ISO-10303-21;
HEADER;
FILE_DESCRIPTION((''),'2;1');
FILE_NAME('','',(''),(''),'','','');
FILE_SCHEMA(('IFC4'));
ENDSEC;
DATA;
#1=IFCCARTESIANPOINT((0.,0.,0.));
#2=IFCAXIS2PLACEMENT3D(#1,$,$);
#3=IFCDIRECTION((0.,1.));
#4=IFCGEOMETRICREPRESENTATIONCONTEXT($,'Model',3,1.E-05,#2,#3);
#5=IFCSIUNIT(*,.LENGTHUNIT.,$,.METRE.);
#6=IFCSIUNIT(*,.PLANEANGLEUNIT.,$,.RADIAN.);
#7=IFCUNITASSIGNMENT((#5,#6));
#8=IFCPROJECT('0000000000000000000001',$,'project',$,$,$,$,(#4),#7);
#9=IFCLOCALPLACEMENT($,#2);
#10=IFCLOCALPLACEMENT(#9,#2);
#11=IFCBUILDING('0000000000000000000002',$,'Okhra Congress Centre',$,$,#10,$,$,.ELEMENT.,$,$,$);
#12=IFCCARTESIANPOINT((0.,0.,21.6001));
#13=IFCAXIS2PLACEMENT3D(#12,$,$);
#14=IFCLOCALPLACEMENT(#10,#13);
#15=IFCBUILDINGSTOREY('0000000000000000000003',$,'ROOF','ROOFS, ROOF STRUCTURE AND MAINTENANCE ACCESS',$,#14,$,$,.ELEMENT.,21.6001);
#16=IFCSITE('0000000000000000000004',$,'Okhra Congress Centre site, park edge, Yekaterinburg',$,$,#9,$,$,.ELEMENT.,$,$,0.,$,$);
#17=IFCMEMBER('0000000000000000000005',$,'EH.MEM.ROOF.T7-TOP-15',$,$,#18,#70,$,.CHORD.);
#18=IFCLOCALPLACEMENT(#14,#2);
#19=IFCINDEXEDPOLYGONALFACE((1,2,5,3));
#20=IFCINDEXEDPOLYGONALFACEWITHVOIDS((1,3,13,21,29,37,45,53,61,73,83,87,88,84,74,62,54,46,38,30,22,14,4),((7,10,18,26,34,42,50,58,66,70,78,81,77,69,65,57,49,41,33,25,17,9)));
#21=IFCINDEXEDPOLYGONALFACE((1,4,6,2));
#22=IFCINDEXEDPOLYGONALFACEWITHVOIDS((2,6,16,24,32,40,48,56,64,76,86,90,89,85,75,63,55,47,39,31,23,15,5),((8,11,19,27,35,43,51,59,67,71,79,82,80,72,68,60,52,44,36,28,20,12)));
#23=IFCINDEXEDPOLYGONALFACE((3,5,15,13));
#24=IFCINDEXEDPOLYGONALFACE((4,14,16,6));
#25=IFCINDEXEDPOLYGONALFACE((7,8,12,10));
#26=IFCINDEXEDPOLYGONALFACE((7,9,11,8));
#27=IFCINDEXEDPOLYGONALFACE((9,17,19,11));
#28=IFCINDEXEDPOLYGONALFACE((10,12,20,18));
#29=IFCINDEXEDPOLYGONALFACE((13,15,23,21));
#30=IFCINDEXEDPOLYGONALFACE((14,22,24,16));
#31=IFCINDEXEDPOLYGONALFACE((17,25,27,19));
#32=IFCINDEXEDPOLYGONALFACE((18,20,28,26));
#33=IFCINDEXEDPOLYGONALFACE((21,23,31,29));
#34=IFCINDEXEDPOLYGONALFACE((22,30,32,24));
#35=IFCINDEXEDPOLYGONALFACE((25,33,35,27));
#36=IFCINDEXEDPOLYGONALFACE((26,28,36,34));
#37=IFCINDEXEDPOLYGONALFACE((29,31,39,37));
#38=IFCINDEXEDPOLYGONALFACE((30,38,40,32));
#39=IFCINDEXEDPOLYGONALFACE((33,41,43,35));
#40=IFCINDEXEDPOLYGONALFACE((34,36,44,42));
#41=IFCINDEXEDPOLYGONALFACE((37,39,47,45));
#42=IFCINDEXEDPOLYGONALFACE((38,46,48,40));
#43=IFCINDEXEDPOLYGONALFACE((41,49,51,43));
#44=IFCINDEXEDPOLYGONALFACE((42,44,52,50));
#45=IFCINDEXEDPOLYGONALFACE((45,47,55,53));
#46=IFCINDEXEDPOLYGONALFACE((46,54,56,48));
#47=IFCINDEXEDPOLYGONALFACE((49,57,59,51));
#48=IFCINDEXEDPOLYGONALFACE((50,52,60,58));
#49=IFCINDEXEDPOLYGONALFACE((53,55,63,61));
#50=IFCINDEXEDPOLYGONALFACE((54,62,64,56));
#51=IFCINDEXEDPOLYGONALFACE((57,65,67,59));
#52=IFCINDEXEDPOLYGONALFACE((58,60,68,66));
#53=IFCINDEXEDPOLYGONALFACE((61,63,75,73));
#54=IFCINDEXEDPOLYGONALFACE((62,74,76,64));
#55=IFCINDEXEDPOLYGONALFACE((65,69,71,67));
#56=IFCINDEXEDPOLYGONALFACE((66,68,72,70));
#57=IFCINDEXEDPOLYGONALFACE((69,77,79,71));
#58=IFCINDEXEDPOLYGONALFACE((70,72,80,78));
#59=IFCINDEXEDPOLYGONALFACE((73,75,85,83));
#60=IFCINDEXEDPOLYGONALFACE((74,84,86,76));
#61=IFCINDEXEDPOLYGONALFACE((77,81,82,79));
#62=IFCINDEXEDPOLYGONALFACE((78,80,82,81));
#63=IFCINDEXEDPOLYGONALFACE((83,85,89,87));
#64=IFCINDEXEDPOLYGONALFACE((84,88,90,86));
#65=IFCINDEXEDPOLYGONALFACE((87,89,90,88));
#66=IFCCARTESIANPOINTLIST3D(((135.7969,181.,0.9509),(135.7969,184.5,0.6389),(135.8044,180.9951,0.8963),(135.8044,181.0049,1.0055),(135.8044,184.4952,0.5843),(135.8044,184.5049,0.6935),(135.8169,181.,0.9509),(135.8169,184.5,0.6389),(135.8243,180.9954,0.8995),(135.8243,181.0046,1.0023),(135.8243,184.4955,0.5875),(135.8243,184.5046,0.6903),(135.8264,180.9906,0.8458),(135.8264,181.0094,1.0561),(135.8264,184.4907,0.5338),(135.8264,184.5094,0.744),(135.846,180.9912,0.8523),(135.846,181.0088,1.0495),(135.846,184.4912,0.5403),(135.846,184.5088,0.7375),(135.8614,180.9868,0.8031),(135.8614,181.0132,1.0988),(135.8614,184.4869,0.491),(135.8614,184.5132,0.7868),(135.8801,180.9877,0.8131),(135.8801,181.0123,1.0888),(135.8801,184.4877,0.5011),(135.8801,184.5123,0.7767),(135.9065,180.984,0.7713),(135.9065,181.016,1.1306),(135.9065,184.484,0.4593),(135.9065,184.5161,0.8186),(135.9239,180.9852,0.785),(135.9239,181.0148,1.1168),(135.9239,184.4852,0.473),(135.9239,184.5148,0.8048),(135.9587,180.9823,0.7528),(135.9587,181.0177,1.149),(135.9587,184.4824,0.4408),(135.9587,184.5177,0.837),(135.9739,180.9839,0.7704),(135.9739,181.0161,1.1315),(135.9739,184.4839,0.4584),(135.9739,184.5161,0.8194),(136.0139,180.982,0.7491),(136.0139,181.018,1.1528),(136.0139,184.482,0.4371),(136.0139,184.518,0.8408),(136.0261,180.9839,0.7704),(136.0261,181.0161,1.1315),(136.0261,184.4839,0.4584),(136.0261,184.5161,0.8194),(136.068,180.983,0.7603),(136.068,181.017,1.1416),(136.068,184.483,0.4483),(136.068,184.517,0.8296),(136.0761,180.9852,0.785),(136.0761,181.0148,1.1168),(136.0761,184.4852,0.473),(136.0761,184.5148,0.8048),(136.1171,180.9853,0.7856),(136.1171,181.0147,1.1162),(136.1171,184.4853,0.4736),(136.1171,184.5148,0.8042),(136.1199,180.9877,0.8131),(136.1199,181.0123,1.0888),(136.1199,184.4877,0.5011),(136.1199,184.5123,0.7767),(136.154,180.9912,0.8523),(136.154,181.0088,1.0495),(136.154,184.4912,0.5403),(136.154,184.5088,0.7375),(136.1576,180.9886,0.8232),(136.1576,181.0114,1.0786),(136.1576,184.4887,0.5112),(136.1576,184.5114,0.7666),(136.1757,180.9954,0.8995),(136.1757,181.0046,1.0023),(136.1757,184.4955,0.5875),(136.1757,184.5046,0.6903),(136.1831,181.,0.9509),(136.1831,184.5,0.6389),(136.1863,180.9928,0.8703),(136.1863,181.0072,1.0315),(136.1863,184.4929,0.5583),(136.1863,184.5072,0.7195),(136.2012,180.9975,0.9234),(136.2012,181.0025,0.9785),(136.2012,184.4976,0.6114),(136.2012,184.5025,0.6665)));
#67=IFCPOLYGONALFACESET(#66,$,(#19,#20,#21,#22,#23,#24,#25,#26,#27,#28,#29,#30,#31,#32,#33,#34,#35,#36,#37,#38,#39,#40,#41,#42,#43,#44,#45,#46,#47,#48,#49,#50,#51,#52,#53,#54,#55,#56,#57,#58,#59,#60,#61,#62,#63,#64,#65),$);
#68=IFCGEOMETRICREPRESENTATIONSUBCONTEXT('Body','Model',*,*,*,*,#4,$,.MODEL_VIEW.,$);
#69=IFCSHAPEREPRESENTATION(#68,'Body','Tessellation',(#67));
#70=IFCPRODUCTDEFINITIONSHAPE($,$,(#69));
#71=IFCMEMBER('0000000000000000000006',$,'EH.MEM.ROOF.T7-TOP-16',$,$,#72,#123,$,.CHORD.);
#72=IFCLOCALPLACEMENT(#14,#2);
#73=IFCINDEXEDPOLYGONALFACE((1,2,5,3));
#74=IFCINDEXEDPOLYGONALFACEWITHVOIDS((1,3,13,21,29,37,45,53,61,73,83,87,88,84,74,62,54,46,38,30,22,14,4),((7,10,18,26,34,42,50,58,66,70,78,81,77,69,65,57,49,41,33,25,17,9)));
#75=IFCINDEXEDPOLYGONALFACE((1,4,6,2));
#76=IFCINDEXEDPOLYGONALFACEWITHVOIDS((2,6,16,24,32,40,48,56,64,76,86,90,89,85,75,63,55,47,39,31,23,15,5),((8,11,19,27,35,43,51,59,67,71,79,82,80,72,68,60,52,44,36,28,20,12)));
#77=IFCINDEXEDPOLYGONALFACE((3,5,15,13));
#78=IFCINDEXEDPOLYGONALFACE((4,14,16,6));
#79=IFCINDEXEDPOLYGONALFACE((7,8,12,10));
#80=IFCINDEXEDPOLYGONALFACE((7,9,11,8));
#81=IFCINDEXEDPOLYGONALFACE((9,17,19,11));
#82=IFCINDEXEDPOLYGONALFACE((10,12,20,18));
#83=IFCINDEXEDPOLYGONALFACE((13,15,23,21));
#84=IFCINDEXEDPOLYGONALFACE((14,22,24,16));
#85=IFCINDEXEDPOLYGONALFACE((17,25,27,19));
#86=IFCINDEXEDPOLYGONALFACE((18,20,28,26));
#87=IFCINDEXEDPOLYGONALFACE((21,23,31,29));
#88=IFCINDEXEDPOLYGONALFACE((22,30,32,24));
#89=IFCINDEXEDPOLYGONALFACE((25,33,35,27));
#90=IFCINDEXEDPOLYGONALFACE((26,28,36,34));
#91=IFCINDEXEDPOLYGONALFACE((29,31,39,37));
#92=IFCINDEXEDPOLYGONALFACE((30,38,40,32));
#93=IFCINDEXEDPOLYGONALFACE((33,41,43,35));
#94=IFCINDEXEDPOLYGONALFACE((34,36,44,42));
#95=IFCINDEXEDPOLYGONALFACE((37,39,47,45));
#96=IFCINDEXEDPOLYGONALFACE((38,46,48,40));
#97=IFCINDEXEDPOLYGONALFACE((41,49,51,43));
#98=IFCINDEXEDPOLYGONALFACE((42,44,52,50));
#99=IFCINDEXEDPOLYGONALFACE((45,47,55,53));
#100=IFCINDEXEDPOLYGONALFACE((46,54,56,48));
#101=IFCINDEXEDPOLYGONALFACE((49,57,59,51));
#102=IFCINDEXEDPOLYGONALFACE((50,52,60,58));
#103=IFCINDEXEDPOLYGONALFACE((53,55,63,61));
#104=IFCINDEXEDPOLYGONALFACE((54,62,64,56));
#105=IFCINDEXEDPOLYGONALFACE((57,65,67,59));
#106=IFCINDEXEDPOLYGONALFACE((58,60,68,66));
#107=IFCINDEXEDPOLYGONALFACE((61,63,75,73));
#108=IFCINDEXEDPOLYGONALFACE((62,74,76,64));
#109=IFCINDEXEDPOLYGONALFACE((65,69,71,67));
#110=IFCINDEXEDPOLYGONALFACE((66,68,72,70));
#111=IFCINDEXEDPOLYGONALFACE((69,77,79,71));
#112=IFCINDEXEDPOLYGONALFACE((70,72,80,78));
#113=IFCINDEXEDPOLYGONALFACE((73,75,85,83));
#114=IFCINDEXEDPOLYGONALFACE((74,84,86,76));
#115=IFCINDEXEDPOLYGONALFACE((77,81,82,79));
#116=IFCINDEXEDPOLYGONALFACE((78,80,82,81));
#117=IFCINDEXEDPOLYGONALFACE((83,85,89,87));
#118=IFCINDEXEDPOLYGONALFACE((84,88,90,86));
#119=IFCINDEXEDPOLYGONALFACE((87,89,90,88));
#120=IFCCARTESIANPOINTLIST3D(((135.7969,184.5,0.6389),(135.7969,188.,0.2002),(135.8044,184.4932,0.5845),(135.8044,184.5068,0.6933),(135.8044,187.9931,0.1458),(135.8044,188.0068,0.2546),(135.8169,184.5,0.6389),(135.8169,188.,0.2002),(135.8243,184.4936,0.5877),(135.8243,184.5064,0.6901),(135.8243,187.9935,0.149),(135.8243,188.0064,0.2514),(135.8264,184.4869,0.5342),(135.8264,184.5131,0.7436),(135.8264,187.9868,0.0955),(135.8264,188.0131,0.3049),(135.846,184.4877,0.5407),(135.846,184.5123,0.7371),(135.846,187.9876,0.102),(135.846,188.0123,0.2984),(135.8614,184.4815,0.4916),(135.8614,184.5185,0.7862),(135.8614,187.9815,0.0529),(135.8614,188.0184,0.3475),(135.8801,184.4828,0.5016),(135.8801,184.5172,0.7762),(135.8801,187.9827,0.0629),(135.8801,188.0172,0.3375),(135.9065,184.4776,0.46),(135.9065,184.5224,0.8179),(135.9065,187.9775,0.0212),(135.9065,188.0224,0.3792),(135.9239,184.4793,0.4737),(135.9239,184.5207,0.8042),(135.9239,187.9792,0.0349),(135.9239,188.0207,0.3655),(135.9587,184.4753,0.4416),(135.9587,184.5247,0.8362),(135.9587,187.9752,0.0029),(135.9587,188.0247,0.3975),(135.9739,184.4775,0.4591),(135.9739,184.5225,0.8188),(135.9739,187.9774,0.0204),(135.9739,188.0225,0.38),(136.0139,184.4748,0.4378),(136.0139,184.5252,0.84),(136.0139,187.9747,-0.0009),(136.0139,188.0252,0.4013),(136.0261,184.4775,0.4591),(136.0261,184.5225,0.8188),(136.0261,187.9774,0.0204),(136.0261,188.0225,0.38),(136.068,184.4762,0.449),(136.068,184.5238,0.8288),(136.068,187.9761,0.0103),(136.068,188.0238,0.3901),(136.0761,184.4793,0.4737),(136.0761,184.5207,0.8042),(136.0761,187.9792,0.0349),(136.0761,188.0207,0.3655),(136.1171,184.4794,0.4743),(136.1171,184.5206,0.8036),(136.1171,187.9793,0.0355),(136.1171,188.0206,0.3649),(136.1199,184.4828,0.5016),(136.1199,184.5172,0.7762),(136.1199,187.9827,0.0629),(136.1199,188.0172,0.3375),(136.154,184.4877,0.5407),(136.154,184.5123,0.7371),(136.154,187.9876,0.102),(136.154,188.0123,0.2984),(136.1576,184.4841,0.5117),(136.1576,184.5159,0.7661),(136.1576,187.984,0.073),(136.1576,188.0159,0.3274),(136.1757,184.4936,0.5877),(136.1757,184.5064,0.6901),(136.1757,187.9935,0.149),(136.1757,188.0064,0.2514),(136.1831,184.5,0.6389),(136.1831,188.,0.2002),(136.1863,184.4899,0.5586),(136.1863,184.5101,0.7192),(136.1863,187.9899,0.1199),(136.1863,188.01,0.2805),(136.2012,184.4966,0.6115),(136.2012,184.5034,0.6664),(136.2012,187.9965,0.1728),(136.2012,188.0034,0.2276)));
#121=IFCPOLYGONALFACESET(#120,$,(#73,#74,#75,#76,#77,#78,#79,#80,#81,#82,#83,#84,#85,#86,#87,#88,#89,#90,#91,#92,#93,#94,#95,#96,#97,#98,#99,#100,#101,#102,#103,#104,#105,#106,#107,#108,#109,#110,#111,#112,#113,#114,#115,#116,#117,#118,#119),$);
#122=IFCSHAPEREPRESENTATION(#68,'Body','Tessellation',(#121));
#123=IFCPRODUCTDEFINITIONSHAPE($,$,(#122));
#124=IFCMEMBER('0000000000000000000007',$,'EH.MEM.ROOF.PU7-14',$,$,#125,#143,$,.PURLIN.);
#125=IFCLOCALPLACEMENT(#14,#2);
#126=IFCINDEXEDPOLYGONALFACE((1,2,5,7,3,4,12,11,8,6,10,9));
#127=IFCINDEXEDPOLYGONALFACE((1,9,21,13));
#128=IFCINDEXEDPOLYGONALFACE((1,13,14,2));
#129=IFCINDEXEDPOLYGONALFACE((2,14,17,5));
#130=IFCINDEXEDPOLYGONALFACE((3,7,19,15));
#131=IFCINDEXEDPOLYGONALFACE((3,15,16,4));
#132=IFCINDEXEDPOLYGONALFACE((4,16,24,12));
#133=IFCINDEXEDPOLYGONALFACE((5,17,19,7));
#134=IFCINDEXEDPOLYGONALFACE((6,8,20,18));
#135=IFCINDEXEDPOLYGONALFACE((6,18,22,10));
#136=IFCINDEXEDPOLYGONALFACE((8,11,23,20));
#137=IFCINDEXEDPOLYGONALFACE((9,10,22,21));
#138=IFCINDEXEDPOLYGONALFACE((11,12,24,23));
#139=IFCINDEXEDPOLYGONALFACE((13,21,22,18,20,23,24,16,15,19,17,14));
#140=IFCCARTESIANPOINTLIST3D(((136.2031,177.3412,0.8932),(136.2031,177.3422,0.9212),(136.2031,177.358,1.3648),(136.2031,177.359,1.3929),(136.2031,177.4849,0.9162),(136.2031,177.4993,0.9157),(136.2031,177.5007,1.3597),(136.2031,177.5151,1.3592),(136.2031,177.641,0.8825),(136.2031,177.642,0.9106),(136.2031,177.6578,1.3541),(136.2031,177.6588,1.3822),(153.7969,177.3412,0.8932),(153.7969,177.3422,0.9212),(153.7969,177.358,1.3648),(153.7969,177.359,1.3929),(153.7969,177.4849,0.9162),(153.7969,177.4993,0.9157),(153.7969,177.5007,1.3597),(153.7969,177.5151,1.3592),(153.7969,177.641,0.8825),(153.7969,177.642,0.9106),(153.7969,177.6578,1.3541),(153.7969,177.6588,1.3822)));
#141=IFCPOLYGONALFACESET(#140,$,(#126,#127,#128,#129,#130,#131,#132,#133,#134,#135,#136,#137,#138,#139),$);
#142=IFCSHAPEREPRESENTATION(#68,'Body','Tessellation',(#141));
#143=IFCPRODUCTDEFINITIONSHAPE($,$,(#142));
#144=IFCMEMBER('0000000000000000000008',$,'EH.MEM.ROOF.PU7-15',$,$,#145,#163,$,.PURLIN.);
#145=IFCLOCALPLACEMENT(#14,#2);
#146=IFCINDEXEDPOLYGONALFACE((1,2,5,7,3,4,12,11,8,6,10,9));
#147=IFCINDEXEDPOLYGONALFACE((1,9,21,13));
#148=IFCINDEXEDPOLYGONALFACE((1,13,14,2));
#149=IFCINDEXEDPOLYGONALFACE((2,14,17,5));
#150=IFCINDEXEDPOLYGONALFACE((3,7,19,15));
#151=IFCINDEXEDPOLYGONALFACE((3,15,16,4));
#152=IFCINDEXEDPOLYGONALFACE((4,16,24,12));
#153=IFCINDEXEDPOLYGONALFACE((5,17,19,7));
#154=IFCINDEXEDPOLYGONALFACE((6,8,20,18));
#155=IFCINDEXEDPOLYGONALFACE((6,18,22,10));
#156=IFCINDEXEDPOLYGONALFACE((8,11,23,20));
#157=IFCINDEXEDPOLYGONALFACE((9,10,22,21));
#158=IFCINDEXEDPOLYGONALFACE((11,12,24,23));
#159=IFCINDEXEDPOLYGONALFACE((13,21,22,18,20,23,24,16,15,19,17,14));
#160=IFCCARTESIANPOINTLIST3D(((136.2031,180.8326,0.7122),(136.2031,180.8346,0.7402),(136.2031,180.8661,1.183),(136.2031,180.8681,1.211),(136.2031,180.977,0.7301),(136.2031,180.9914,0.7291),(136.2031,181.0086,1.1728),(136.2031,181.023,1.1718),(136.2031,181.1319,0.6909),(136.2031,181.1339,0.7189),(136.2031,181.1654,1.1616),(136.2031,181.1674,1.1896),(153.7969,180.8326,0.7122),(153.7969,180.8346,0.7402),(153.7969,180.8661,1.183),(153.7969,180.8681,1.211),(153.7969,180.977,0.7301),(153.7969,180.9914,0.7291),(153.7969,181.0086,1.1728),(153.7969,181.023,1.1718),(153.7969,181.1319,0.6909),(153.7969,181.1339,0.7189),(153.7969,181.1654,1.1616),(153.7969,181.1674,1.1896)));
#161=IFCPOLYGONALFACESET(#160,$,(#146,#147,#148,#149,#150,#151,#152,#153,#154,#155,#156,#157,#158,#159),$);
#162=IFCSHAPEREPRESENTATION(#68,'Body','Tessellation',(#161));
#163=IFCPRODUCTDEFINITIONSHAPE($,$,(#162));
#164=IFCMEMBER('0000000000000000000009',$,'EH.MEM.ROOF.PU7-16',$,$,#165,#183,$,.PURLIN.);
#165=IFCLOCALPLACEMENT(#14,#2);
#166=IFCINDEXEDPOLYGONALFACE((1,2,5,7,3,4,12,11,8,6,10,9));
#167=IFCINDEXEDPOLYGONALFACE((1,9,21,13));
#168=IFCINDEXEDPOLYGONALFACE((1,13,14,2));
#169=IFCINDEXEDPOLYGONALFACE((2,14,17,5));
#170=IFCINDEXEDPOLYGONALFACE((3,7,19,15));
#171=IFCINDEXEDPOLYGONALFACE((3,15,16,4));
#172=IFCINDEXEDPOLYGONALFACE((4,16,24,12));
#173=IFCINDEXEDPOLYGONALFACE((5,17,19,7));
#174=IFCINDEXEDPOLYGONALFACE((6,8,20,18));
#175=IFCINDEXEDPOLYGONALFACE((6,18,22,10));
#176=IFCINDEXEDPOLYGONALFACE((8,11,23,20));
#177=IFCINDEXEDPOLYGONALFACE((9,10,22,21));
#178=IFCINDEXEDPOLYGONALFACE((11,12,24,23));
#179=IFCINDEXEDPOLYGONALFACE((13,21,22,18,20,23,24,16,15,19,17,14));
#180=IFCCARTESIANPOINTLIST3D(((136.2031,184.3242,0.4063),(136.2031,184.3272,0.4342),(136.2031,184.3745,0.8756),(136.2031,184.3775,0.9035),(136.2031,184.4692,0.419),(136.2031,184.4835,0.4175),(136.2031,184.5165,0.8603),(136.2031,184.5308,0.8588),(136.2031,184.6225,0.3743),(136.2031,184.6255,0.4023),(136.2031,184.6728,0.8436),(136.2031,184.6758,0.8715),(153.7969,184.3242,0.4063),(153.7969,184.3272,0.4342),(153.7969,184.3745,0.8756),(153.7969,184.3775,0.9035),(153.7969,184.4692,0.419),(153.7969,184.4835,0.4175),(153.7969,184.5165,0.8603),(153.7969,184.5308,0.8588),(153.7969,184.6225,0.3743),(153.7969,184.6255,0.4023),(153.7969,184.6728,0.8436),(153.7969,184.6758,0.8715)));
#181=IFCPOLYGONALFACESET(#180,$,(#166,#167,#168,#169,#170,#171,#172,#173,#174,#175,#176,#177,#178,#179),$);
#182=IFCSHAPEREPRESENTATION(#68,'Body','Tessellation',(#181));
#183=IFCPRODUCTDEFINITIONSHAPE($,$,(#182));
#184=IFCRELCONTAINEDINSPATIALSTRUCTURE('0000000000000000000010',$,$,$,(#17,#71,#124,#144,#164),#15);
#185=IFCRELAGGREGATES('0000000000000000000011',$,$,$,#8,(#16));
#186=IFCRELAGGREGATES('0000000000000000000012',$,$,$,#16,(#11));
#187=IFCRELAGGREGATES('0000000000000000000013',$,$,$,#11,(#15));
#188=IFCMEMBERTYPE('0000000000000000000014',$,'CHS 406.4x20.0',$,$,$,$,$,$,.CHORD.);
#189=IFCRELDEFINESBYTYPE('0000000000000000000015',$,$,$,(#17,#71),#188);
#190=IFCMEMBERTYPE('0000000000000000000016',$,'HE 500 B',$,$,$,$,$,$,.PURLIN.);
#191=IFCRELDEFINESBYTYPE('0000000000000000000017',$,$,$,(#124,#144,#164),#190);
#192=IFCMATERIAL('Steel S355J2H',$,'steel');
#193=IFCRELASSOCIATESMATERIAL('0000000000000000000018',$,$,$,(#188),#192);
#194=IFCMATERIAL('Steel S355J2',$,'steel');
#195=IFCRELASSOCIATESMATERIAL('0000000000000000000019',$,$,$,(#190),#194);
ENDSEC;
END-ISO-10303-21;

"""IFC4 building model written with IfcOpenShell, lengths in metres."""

from ifc_helpers import new_model, si_unit, direction, frame, origin, origin_2d, place, context, subcontext, project, spatial, hollow_circle, i_section, extrude, material, material_profile, profile_set, type_object, element, save


model = new_model("IFC4")

# Units and contexts
model_context = context("Model", 3, precision=1e-05, world=origin(), true_north=direction((0.0, 1.0)))
body_context = subcontext(model_context, "Body", "Model", "MODEL_VIEW")
ifc_project = project(units=[si_unit("LENGTHUNIT", "METRE"), si_unit("PLANEANGLEUNIT", "RADIAN")], contexts=[model_context])

# Site, building, storey
site_placement = place(None, origin())
site = spatial("IfcSite", under=ifc_project, at=site_placement, Name="Okhra Congress Centre site, park edge, Yekaterinburg", CompositionType="ELEMENT", RefElevation=0.0)
building_placement = place(site_placement, origin())
building = spatial("IfcBuilding", under=site, at=building_placement, Name="Okhra Congress Centre", CompositionType="ELEMENT")
storey_placement = place(building_placement, frame((0.0, 0.0, 21.6001)))
storey = spatial("IfcBuildingStorey", under=building, at=storey_placement, Name="ROOF", Description="ROOFS, ROOF STRUCTURE AND MAINTENANCE ACCESS", CompositionType="ELEMENT", Elevation=21.6001)

# Members
ifc_material_1 = material(Name="Steel S355J2H", Category="steel")
ifc_material_profile_1 = material_profile(ifc_material_1, hollow_circle(Radius=0.2031, WallThickness=0.02, at=origin_2d()), Name="CHS 406.4x20.0")
ifc_profile_set_1 = profile_set([ifc_material_profile_1], Name="Steel S355J2H")
member_type_1 = type_object("IfcMemberType", Name="CHS 406.4x20.0", PredefinedType="CHORD", material=ifc_profile_set_1)
member_1_placement = place(storey_placement, frame((136.0, 181.0, 0.9509), z_axis=(0.0, 0.99605, -0.088794), x_axis=(-1.0, 0.0, 0.0)))
element("IfcMember", 1, at=member_1_placement, inside=storey, type_object=member_type_1, Name="EH.MEM.ROOF.T7-TOP-15", PredefinedType="CHORD", context=body_context, shape_type="SweptSolid", body=[
    extrude(hollow_circle(Radius=0.2031, WallThickness=0.02, at=origin_2d()), origin(), (0.0, 0.0, 1.0), 3.5139),
])
member_2_placement = place(storey_placement, frame((136.0, 184.5, 0.6389), z_axis=(0.0, 0.992235, -0.124375), x_axis=(-1.0, 0.0, 0.0)))
element("IfcMember", 2, at=member_2_placement, inside=storey, type_object=member_type_1, Name="EH.MEM.ROOF.T7-TOP-16", PredefinedType="CHORD", context=body_context, shape_type="SweptSolid", body=[
    extrude(hollow_circle(Radius=0.2031, WallThickness=0.02, at=origin_2d()), origin(), (0.0, 0.0, 1.0), 3.5273),
])
ifc_material_2 = material(Name="Steel S355J2", Category="steel")
ifc_material_profile_2 = material_profile(ifc_material_2, i_section(OverallWidth=0.3, OverallDepth=0.5, WebThickness=0.0144, FlangeThickness=0.0281, at=origin_2d()), Name="HE 500 B")
ifc_profile_set_2 = profile_set([ifc_material_profile_2], Name="Steel S355J2")
member_type_2 = type_object("IfcMemberType", Name="HE 500 B", PredefinedType="PURLIN", material=ifc_profile_set_2)
for number, where, z_axis, x_axis, name in (
    (3, (136.2031, 177.5, 1.1377), (1.0, 0.0, 0.0), (0.0, 0.999368, -0.035533), "EH.MEM.ROOF.PU7-14"),
    (4, (136.2031, 181.0, 0.9509), (1.0, 0.0, 0.0), (0.0, 0.997472, -0.071067), "EH.MEM.ROOF.PU7-15"),
    (5, (136.2031, 184.5, 0.6389), (1.0, 0.0, 0.0), (0.0, 0.994302, -0.106601), "EH.MEM.ROOF.PU7-16"),
):
    element("IfcMember", number, at=place(storey_placement, frame(where, z_axis=z_axis, x_axis=x_axis)), inside=storey, type_object=member_type_2, Name=name, PredefinedType="PURLIN", context=body_context, shape_type="SweptSolid", body=[
        extrude(i_section(OverallWidth=0.3, OverallDepth=0.5, WebThickness=0.0144, FlangeThickness=0.0281, at=origin_2d()), origin(), (0.0, 0.0, 1.0), 17.5938),
    ])

save(model, "model.ifc")
